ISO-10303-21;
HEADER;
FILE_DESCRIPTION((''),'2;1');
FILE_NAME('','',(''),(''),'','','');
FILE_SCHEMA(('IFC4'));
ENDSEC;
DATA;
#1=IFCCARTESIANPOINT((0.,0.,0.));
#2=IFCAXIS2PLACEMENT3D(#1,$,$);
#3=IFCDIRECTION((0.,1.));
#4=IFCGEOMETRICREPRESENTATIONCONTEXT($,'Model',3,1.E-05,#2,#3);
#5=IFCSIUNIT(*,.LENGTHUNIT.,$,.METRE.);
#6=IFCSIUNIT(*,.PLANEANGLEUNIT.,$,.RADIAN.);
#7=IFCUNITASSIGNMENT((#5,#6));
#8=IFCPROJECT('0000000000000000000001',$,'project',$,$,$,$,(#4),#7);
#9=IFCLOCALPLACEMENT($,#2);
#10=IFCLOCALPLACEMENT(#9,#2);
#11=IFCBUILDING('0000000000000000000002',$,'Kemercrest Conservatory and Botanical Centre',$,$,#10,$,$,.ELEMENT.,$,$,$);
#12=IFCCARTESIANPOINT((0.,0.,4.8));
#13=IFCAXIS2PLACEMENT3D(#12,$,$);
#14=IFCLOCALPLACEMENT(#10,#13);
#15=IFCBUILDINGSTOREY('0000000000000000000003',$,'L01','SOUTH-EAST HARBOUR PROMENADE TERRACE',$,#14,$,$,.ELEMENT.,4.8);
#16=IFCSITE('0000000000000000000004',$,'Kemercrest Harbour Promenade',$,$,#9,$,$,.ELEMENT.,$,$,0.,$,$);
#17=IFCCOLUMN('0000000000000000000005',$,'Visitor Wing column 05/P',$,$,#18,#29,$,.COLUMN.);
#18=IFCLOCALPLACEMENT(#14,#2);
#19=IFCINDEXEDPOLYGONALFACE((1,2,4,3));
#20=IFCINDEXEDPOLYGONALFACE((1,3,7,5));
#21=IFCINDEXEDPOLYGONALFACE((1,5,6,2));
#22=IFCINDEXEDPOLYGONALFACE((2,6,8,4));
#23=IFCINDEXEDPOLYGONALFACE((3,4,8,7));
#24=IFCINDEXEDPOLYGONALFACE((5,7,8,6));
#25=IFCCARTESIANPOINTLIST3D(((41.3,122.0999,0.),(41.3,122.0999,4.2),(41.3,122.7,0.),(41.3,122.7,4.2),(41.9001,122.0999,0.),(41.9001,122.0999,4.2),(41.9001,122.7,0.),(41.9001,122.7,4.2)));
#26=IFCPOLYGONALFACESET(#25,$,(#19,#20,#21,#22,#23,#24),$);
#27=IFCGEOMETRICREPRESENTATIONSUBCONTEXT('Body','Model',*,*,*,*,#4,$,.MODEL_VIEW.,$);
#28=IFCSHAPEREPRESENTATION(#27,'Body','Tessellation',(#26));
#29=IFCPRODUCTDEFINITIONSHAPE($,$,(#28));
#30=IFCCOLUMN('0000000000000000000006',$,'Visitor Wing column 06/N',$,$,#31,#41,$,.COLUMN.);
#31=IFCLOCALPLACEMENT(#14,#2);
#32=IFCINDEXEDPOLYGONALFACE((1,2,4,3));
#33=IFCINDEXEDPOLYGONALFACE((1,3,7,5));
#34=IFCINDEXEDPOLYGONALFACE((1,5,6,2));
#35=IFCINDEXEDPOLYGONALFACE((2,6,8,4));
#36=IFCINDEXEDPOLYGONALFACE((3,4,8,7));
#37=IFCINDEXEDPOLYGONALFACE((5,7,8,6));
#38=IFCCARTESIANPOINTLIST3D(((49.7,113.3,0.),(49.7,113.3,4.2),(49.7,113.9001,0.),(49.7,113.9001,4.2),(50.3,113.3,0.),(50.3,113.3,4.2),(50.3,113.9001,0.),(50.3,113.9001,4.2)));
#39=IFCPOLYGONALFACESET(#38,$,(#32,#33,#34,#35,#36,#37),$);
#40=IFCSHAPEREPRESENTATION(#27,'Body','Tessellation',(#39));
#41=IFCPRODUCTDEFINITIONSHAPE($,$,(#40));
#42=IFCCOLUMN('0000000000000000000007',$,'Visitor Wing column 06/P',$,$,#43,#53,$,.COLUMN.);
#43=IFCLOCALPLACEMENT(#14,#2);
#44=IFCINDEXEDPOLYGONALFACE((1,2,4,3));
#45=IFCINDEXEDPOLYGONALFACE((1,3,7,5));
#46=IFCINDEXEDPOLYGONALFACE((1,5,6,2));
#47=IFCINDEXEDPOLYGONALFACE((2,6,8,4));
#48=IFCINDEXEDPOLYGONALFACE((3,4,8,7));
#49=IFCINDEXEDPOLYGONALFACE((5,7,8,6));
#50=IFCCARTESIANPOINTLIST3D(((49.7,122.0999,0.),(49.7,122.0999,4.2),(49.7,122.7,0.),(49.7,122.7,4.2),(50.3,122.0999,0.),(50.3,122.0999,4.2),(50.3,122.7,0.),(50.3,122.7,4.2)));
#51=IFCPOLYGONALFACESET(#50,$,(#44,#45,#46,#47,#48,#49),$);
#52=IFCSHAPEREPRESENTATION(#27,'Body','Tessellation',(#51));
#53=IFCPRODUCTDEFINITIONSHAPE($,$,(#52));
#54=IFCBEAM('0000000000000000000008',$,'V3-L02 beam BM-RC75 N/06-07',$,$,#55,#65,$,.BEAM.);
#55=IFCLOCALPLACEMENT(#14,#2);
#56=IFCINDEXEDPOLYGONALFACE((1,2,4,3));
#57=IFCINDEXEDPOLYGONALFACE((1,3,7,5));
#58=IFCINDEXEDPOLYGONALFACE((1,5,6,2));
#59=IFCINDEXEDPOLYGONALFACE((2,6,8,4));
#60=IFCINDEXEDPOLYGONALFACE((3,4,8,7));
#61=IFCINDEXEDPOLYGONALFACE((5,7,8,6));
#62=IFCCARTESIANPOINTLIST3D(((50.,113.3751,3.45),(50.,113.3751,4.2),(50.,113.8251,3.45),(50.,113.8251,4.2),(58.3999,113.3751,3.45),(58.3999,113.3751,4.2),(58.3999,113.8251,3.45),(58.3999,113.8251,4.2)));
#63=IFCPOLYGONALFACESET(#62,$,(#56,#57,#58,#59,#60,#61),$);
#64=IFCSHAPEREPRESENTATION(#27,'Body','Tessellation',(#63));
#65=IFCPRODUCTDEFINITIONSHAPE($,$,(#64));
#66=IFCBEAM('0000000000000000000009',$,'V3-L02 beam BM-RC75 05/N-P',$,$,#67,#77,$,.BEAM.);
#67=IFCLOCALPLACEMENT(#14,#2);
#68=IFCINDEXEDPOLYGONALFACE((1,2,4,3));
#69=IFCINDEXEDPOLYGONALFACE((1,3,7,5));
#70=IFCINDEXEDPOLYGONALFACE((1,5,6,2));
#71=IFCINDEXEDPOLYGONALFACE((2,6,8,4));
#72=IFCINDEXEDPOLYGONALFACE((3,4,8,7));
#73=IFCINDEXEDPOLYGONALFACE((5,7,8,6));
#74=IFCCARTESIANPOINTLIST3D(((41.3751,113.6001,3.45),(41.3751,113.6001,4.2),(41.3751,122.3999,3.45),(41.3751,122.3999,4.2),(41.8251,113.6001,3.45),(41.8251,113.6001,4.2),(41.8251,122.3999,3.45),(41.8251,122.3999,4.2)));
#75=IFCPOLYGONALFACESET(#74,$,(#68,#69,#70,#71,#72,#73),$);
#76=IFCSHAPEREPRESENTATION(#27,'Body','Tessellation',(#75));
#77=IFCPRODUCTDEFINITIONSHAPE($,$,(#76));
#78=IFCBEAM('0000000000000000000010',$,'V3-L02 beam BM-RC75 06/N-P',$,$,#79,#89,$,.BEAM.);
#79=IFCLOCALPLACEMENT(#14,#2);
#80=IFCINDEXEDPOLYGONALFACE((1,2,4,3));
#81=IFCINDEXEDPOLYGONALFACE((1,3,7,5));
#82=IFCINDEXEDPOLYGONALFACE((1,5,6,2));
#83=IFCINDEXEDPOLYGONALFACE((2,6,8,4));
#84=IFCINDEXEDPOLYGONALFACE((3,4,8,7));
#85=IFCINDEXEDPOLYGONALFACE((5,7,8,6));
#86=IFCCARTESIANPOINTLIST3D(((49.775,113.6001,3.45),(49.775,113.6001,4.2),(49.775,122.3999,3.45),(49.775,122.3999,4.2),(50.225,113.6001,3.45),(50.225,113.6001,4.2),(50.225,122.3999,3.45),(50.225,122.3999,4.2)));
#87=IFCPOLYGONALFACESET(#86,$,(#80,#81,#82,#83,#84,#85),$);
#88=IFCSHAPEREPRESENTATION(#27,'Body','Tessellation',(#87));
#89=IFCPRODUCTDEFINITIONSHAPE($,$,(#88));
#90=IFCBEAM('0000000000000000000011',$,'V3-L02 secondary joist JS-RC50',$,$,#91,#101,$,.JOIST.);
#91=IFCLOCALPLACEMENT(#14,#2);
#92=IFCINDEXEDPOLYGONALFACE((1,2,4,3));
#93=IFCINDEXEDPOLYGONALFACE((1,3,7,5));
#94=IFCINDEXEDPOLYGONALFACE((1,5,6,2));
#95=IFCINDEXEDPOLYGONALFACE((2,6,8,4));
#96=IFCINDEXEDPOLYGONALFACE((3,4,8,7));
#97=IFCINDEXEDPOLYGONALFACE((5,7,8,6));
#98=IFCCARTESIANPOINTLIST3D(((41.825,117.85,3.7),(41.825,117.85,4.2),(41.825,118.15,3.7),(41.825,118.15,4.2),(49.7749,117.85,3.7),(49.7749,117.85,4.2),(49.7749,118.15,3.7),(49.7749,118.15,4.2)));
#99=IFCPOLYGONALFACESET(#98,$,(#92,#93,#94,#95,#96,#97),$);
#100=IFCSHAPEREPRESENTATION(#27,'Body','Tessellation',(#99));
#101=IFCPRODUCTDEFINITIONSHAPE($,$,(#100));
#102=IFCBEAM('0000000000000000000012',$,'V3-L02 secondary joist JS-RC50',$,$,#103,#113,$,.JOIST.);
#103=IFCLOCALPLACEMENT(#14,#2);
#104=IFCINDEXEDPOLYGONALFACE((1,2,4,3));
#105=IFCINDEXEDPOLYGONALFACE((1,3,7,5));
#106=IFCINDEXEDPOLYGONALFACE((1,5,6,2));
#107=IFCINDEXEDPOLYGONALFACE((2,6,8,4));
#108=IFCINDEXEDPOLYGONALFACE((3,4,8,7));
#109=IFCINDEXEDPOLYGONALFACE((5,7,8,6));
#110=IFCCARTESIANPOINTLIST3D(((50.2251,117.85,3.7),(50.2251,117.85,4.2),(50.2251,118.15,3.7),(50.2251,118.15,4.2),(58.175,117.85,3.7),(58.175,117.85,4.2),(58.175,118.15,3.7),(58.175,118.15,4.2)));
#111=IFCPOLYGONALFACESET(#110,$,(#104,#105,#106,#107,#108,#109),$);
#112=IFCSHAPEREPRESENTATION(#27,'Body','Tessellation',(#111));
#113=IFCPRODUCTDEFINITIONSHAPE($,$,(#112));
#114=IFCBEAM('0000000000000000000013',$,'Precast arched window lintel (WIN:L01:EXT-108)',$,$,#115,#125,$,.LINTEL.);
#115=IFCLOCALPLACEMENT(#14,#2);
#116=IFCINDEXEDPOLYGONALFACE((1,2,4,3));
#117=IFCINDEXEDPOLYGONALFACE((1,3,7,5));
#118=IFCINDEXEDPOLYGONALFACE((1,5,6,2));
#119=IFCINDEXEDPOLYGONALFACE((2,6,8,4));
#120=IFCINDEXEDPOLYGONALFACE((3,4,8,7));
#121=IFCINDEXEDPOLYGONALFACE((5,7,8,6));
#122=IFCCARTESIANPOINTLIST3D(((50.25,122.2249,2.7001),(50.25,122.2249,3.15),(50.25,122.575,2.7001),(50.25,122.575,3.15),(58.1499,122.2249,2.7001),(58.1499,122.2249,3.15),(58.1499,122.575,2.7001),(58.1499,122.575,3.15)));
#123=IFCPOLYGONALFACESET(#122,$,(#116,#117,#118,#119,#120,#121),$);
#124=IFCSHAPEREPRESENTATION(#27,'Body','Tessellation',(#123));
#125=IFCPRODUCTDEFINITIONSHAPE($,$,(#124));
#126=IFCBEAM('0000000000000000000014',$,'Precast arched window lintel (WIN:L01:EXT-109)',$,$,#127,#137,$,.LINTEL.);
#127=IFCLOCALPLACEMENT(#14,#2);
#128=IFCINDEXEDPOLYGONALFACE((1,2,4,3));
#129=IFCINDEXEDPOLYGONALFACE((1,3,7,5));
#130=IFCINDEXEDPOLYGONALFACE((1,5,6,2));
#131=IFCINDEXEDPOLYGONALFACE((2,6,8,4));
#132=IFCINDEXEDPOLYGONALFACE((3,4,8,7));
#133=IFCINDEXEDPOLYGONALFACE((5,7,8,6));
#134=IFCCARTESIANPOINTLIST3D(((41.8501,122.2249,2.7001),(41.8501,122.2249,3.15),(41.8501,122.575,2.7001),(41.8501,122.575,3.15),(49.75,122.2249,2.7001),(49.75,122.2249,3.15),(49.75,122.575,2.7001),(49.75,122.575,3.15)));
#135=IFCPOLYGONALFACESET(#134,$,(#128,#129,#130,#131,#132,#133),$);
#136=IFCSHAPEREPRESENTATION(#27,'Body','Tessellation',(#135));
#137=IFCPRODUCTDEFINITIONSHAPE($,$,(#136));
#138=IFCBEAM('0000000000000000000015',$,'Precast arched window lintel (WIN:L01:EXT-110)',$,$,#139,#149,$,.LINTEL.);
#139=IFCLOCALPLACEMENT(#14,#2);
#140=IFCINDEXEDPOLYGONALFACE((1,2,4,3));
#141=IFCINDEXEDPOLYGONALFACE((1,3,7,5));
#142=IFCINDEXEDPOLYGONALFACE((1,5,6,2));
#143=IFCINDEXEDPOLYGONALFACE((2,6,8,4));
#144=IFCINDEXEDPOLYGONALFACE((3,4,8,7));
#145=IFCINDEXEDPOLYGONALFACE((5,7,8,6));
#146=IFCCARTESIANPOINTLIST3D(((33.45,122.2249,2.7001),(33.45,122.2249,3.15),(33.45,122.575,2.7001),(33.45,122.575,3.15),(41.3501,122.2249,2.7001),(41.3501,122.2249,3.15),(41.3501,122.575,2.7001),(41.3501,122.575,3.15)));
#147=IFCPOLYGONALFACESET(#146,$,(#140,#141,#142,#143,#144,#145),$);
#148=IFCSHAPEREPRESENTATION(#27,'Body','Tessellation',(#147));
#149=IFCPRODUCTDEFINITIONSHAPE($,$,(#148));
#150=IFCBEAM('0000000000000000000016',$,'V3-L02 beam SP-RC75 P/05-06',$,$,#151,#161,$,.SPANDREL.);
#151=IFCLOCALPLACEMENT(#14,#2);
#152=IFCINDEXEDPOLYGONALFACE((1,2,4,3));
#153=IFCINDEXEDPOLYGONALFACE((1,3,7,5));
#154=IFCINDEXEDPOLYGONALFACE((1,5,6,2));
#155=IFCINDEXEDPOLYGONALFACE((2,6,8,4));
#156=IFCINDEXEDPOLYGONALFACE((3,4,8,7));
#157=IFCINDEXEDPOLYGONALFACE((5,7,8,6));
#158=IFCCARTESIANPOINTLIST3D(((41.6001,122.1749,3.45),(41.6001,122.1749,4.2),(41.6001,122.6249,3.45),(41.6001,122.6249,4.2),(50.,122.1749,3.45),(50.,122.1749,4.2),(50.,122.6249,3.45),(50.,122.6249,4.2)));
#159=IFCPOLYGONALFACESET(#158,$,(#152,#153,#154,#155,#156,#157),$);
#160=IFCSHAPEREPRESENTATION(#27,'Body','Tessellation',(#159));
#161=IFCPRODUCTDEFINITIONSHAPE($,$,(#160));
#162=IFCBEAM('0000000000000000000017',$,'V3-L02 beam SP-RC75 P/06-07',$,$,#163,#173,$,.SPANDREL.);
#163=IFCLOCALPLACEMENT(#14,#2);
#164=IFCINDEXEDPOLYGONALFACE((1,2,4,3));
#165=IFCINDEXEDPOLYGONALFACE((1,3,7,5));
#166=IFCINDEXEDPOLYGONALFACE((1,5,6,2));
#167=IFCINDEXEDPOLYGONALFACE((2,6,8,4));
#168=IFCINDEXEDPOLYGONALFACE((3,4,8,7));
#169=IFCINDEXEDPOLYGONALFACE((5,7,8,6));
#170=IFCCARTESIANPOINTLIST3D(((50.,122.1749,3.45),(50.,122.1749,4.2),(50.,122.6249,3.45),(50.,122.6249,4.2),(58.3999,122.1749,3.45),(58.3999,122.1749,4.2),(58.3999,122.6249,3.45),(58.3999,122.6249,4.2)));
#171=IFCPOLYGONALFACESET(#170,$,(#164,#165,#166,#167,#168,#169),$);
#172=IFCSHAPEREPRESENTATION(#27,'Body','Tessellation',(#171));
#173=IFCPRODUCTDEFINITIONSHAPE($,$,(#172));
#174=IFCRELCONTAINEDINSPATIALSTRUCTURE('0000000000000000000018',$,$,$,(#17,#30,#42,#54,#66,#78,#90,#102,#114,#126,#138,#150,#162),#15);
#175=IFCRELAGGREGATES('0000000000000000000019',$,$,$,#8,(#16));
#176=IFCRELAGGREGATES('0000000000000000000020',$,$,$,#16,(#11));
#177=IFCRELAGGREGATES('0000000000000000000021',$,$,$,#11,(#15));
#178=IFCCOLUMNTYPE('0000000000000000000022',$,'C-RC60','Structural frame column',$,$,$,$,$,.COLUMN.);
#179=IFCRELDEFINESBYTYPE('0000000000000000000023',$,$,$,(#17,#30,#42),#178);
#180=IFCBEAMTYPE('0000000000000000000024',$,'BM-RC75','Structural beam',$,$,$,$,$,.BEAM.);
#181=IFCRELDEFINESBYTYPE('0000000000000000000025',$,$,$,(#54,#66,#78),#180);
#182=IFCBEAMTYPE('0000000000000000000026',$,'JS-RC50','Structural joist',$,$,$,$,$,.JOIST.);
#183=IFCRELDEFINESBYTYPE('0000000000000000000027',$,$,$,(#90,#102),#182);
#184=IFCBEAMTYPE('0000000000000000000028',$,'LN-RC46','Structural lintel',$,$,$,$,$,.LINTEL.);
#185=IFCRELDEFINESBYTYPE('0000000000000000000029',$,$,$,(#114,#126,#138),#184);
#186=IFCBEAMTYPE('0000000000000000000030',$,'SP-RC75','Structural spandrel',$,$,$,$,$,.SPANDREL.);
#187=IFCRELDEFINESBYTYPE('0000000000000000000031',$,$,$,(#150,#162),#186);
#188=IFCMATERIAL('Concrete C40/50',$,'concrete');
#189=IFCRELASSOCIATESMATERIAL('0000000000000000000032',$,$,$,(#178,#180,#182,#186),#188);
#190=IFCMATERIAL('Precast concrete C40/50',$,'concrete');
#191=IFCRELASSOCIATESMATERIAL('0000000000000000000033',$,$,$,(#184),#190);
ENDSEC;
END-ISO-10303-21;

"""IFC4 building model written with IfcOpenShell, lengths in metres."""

from ifc_helpers import new_model, si_unit, direction, frame, origin, origin_2d, place, context, subcontext, project, spatial, rectangle, extrude, material, material_profile, profile_set, type_object, element, save


model = new_model("IFC4")

# Units and contexts
model_context = context("Model", 3, precision=1e-05, world=origin(), true_north=direction((0.0, 1.0)))
body_context = subcontext(model_context, "Body", "Model", "MODEL_VIEW")
ifc_project = project(units=[si_unit("LENGTHUNIT", "METRE"), si_unit("PLANEANGLEUNIT", "RADIAN")], contexts=[model_context])

# Site, building, storey
site_placement = place(None, origin())
site = spatial("IfcSite", under=ifc_project, at=site_placement, Name="Kemercrest Harbour Promenade", CompositionType="ELEMENT", RefElevation=0.0)
building_placement = place(site_placement, origin())
building = spatial("IfcBuilding", under=site, at=building_placement, Name="Kemercrest Conservatory and Botanical Centre", CompositionType="ELEMENT")
storey_placement = place(building_placement, frame((0.0, 0.0, 4.8)))
storey = spatial("IfcBuildingStorey", under=building, at=storey_placement, Name="L01", Description="SOUTH-EAST HARBOUR PROMENADE TERRACE", CompositionType="ELEMENT", Elevation=4.8)

# Columns
ifc_material_1 = material(Name="Concrete C40/50", Category="concrete")
ifc_material_profile_1 = material_profile(ifc_material_1, rectangle(XDim=0.6001, YDim=0.6001, at=origin_2d()), Name="RC 600x600")
ifc_profile_set_1 = profile_set([ifc_material_profile_1], Name="Concrete C40/50")
column_type = type_object("IfcColumnType", Name="C-RC60", Description="Structural frame column", PredefinedType="COLUMN", material=ifc_profile_set_1)
for number, where, z_axis, x_axis, name in (
    (1, (41.6001, 122.3999, 0.0), (0.0, 0.0, 1.0), (1.0, 0.0, 0.0), "Visitor Wing column 05/P"),
    (2, (50.0, 113.6001, 0.0), (0.0, 0.0, 1.0), (1.0, 0.0, 0.0), "Visitor Wing column 06/N"),
    (3, (50.0, 122.3999, 0.0), (0.0, 0.0, 1.0), (1.0, 0.0, 0.0), "Visitor Wing column 06/P"),
):
    element("IfcColumn", number, at=place(storey_placement, frame(where, z_axis=z_axis, x_axis=x_axis)), inside=storey, type_object=column_type, Name=name, PredefinedType="COLUMN", context=body_context, shape_type="SweptSolid", body=[
        extrude(rectangle(XDim=0.6001, YDim=0.6001, at=origin_2d()), origin(), (0.0, 0.0, 1.0), 4.2),
    ])

# Beams
ifc_material_profile_2 = material_profile(ifc_material_1, rectangle(XDim=0.45, YDim=0.75, at=origin_2d()), Name="RC 450x750")
ifc_profile_set_2 = profile_set([ifc_material_profile_2], Name="Concrete C40/50")
beam_type_1 = type_object("IfcBeamType", Name="BM-RC75", Description="Structural beam", PredefinedType="BEAM", material=ifc_profile_set_2)
beam_1_placement = place(storey_placement, frame((50.0, 113.6001, 3.825), z_axis=(1.0, 0.0, 0.0), x_axis=(0.0, 1.0, 0.0)))
element("IfcBeam", 4, at=beam_1_placement, inside=storey, type_object=beam_type_1, Name="V3-L02 beam BM-RC75 N/06-07", PredefinedType="BEAM", context=body_context, shape_type="SweptSolid", body=[
    extrude(rectangle(XDim=0.45, YDim=0.75, at=origin_2d()), origin(), (0.0, 0.0, 1.0), 8.3999),
])
for number, where, z_axis, x_axis, name in (
    (5, (41.6001, 113.6001, 3.825), (0.0, 1.0, 0.0), (-1.0, 0.0, 0.0), "V3-L02 beam BM-RC75 05/N-P"),
    (6, (50.0, 113.6001, 3.825), (0.0, 1.0, 0.0), (-1.0, 0.0, 0.0), "V3-L02 beam BM-RC75 06/N-P"),
):
    element("IfcBeam", number, at=place(storey_placement, frame(where, z_axis=z_axis, x_axis=x_axis)), inside=storey, type_object=beam_type_1, Name=name, PredefinedType="BEAM", context=body_context, shape_type="SweptSolid", body=[
        extrude(rectangle(XDim=0.45, YDim=0.75, at=origin_2d()), origin(), (0.0, 0.0, 1.0), 8.7998),
    ])
ifc_material_profile_3 = material_profile(ifc_material_1, rectangle(XDim=0.3, YDim=0.5, at=origin_2d()), Name="RC 300x500")
ifc_profile_set_3 = profile_set([ifc_material_profile_3], Name="Concrete C40/50")
beam_type_2 = type_object("IfcBeamType", Name="JS-RC50", Description="Structural joist", PredefinedType="JOIST", material=ifc_profile_set_3)
for number, where, z_axis, x_axis, name in (
    (7, (41.825, 118.0, 3.95), (1.0, 0.0, 0.0), (0.0, 1.0, 0.0), "V3-L02 secondary joist JS-RC50"),
    (8, (50.2251, 118.0, 3.95), (1.0, 0.0, 0.0), (0.0, 1.0, 0.0), "V3-L02 secondary joist JS-RC50"),
):
    element("IfcBeam", number, at=place(storey_placement, frame(where, z_axis=z_axis, x_axis=x_axis)), inside=storey, type_object=beam_type_2, Name=name, PredefinedType="JOIST", context=body_context, shape_type="SweptSolid", body=[
        extrude(rectangle(XDim=0.3, YDim=0.5, at=origin_2d()), origin(), (0.0, 0.0, 1.0), 7.95),
    ])
ifc_material_2 = material(Name="Precast concrete C40/50", Category="concrete")
ifc_material_profile_4 = material_profile(ifc_material_2, rectangle(XDim=0.3501, YDim=0.45, at=origin_2d()), Name="RC 350x450")
ifc_profile_set_4 = profile_set([ifc_material_profile_4], Name="Precast concrete C40/50")
beam_type_3 = type_object("IfcBeamType", Name="LN-RC46", Description="Structural lintel", PredefinedType="LINTEL", material=ifc_profile_set_4)
for number, where, z_axis, x_axis, name in (
    (9, (58.1499, 122.3999, 2.925), (-1.0, 0.0, 0.0), (0.0, -1.0, 0.0), "Precast arched window lintel (WIN:L01:EXT-108)"),
    (10, (49.75, 122.3999, 2.925), (-1.0, 0.0, 0.0), (0.0, -1.0, 0.0), "Precast arched window lintel (WIN:L01:EXT-109)"),
):
    element("IfcBeam", number, at=place(storey_placement, frame(where, z_axis=z_axis, x_axis=x_axis)), inside=storey, type_object=beam_type_3, Name=name, PredefinedType="LINTEL", context=body_context, shape_type="SweptSolid", body=[
        extrude(rectangle(XDim=0.3501, YDim=0.45, at=origin_2d()), origin(), (0.0, 0.0, 1.0), 7.8999),
    ])
beam_2_placement = place(storey_placement, frame((41.3501, 122.3999, 2.925), z_axis=(-1.0, 0.0, 0.0), x_axis=(0.0, -1.0, 0.0)))
element("IfcBeam", 11, at=beam_2_placement, inside=storey, type_object=beam_type_3, Name="Precast arched window lintel (WIN:L01:EXT-110)", PredefinedType="LINTEL", context=body_context, shape_type="SweptSolid", body=[
    extrude(rectangle(XDim=0.3501, YDim=0.45, at=origin_2d()), origin(), (0.0, 0.0, 1.0), 7.9001),
])
ifc_material_profile_5 = material_profile(ifc_material_1, rectangle(XDim=0.45, YDim=0.75, at=origin_2d()), Name="RC 450x750")
ifc_profile_set_5 = profile_set([ifc_material_profile_5], Name="Concrete C40/50")
beam_type_4 = type_object("IfcBeamType", Name="SP-RC75", Description="Structural spandrel", PredefinedType="SPANDREL", material=ifc_profile_set_5)
for number, where, z_axis, x_axis, name in (
    (12, (41.6001, 122.3999, 3.825), (1.0, 0.0, 0.0), (0.0, 1.0, 0.0), "V3-L02 beam SP-RC75 P/05-06"),
    (13, (50.0, 122.3999, 3.825), (1.0, 0.0, 0.0), (0.0, 1.0, 0.0), "V3-L02 beam SP-RC75 P/06-07"),
):
    element("IfcBeam", number, at=place(storey_placement, frame(where, z_axis=z_axis, x_axis=x_axis)), inside=storey, type_object=beam_type_4, Name=name, PredefinedType="SPANDREL", context=body_context, shape_type="SweptSolid", body=[
        extrude(rectangle(XDim=0.45, YDim=0.75, at=origin_2d()), origin(), (0.0, 0.0, 1.0), 8.3999),
    ])

save(model, "model.ifc")
